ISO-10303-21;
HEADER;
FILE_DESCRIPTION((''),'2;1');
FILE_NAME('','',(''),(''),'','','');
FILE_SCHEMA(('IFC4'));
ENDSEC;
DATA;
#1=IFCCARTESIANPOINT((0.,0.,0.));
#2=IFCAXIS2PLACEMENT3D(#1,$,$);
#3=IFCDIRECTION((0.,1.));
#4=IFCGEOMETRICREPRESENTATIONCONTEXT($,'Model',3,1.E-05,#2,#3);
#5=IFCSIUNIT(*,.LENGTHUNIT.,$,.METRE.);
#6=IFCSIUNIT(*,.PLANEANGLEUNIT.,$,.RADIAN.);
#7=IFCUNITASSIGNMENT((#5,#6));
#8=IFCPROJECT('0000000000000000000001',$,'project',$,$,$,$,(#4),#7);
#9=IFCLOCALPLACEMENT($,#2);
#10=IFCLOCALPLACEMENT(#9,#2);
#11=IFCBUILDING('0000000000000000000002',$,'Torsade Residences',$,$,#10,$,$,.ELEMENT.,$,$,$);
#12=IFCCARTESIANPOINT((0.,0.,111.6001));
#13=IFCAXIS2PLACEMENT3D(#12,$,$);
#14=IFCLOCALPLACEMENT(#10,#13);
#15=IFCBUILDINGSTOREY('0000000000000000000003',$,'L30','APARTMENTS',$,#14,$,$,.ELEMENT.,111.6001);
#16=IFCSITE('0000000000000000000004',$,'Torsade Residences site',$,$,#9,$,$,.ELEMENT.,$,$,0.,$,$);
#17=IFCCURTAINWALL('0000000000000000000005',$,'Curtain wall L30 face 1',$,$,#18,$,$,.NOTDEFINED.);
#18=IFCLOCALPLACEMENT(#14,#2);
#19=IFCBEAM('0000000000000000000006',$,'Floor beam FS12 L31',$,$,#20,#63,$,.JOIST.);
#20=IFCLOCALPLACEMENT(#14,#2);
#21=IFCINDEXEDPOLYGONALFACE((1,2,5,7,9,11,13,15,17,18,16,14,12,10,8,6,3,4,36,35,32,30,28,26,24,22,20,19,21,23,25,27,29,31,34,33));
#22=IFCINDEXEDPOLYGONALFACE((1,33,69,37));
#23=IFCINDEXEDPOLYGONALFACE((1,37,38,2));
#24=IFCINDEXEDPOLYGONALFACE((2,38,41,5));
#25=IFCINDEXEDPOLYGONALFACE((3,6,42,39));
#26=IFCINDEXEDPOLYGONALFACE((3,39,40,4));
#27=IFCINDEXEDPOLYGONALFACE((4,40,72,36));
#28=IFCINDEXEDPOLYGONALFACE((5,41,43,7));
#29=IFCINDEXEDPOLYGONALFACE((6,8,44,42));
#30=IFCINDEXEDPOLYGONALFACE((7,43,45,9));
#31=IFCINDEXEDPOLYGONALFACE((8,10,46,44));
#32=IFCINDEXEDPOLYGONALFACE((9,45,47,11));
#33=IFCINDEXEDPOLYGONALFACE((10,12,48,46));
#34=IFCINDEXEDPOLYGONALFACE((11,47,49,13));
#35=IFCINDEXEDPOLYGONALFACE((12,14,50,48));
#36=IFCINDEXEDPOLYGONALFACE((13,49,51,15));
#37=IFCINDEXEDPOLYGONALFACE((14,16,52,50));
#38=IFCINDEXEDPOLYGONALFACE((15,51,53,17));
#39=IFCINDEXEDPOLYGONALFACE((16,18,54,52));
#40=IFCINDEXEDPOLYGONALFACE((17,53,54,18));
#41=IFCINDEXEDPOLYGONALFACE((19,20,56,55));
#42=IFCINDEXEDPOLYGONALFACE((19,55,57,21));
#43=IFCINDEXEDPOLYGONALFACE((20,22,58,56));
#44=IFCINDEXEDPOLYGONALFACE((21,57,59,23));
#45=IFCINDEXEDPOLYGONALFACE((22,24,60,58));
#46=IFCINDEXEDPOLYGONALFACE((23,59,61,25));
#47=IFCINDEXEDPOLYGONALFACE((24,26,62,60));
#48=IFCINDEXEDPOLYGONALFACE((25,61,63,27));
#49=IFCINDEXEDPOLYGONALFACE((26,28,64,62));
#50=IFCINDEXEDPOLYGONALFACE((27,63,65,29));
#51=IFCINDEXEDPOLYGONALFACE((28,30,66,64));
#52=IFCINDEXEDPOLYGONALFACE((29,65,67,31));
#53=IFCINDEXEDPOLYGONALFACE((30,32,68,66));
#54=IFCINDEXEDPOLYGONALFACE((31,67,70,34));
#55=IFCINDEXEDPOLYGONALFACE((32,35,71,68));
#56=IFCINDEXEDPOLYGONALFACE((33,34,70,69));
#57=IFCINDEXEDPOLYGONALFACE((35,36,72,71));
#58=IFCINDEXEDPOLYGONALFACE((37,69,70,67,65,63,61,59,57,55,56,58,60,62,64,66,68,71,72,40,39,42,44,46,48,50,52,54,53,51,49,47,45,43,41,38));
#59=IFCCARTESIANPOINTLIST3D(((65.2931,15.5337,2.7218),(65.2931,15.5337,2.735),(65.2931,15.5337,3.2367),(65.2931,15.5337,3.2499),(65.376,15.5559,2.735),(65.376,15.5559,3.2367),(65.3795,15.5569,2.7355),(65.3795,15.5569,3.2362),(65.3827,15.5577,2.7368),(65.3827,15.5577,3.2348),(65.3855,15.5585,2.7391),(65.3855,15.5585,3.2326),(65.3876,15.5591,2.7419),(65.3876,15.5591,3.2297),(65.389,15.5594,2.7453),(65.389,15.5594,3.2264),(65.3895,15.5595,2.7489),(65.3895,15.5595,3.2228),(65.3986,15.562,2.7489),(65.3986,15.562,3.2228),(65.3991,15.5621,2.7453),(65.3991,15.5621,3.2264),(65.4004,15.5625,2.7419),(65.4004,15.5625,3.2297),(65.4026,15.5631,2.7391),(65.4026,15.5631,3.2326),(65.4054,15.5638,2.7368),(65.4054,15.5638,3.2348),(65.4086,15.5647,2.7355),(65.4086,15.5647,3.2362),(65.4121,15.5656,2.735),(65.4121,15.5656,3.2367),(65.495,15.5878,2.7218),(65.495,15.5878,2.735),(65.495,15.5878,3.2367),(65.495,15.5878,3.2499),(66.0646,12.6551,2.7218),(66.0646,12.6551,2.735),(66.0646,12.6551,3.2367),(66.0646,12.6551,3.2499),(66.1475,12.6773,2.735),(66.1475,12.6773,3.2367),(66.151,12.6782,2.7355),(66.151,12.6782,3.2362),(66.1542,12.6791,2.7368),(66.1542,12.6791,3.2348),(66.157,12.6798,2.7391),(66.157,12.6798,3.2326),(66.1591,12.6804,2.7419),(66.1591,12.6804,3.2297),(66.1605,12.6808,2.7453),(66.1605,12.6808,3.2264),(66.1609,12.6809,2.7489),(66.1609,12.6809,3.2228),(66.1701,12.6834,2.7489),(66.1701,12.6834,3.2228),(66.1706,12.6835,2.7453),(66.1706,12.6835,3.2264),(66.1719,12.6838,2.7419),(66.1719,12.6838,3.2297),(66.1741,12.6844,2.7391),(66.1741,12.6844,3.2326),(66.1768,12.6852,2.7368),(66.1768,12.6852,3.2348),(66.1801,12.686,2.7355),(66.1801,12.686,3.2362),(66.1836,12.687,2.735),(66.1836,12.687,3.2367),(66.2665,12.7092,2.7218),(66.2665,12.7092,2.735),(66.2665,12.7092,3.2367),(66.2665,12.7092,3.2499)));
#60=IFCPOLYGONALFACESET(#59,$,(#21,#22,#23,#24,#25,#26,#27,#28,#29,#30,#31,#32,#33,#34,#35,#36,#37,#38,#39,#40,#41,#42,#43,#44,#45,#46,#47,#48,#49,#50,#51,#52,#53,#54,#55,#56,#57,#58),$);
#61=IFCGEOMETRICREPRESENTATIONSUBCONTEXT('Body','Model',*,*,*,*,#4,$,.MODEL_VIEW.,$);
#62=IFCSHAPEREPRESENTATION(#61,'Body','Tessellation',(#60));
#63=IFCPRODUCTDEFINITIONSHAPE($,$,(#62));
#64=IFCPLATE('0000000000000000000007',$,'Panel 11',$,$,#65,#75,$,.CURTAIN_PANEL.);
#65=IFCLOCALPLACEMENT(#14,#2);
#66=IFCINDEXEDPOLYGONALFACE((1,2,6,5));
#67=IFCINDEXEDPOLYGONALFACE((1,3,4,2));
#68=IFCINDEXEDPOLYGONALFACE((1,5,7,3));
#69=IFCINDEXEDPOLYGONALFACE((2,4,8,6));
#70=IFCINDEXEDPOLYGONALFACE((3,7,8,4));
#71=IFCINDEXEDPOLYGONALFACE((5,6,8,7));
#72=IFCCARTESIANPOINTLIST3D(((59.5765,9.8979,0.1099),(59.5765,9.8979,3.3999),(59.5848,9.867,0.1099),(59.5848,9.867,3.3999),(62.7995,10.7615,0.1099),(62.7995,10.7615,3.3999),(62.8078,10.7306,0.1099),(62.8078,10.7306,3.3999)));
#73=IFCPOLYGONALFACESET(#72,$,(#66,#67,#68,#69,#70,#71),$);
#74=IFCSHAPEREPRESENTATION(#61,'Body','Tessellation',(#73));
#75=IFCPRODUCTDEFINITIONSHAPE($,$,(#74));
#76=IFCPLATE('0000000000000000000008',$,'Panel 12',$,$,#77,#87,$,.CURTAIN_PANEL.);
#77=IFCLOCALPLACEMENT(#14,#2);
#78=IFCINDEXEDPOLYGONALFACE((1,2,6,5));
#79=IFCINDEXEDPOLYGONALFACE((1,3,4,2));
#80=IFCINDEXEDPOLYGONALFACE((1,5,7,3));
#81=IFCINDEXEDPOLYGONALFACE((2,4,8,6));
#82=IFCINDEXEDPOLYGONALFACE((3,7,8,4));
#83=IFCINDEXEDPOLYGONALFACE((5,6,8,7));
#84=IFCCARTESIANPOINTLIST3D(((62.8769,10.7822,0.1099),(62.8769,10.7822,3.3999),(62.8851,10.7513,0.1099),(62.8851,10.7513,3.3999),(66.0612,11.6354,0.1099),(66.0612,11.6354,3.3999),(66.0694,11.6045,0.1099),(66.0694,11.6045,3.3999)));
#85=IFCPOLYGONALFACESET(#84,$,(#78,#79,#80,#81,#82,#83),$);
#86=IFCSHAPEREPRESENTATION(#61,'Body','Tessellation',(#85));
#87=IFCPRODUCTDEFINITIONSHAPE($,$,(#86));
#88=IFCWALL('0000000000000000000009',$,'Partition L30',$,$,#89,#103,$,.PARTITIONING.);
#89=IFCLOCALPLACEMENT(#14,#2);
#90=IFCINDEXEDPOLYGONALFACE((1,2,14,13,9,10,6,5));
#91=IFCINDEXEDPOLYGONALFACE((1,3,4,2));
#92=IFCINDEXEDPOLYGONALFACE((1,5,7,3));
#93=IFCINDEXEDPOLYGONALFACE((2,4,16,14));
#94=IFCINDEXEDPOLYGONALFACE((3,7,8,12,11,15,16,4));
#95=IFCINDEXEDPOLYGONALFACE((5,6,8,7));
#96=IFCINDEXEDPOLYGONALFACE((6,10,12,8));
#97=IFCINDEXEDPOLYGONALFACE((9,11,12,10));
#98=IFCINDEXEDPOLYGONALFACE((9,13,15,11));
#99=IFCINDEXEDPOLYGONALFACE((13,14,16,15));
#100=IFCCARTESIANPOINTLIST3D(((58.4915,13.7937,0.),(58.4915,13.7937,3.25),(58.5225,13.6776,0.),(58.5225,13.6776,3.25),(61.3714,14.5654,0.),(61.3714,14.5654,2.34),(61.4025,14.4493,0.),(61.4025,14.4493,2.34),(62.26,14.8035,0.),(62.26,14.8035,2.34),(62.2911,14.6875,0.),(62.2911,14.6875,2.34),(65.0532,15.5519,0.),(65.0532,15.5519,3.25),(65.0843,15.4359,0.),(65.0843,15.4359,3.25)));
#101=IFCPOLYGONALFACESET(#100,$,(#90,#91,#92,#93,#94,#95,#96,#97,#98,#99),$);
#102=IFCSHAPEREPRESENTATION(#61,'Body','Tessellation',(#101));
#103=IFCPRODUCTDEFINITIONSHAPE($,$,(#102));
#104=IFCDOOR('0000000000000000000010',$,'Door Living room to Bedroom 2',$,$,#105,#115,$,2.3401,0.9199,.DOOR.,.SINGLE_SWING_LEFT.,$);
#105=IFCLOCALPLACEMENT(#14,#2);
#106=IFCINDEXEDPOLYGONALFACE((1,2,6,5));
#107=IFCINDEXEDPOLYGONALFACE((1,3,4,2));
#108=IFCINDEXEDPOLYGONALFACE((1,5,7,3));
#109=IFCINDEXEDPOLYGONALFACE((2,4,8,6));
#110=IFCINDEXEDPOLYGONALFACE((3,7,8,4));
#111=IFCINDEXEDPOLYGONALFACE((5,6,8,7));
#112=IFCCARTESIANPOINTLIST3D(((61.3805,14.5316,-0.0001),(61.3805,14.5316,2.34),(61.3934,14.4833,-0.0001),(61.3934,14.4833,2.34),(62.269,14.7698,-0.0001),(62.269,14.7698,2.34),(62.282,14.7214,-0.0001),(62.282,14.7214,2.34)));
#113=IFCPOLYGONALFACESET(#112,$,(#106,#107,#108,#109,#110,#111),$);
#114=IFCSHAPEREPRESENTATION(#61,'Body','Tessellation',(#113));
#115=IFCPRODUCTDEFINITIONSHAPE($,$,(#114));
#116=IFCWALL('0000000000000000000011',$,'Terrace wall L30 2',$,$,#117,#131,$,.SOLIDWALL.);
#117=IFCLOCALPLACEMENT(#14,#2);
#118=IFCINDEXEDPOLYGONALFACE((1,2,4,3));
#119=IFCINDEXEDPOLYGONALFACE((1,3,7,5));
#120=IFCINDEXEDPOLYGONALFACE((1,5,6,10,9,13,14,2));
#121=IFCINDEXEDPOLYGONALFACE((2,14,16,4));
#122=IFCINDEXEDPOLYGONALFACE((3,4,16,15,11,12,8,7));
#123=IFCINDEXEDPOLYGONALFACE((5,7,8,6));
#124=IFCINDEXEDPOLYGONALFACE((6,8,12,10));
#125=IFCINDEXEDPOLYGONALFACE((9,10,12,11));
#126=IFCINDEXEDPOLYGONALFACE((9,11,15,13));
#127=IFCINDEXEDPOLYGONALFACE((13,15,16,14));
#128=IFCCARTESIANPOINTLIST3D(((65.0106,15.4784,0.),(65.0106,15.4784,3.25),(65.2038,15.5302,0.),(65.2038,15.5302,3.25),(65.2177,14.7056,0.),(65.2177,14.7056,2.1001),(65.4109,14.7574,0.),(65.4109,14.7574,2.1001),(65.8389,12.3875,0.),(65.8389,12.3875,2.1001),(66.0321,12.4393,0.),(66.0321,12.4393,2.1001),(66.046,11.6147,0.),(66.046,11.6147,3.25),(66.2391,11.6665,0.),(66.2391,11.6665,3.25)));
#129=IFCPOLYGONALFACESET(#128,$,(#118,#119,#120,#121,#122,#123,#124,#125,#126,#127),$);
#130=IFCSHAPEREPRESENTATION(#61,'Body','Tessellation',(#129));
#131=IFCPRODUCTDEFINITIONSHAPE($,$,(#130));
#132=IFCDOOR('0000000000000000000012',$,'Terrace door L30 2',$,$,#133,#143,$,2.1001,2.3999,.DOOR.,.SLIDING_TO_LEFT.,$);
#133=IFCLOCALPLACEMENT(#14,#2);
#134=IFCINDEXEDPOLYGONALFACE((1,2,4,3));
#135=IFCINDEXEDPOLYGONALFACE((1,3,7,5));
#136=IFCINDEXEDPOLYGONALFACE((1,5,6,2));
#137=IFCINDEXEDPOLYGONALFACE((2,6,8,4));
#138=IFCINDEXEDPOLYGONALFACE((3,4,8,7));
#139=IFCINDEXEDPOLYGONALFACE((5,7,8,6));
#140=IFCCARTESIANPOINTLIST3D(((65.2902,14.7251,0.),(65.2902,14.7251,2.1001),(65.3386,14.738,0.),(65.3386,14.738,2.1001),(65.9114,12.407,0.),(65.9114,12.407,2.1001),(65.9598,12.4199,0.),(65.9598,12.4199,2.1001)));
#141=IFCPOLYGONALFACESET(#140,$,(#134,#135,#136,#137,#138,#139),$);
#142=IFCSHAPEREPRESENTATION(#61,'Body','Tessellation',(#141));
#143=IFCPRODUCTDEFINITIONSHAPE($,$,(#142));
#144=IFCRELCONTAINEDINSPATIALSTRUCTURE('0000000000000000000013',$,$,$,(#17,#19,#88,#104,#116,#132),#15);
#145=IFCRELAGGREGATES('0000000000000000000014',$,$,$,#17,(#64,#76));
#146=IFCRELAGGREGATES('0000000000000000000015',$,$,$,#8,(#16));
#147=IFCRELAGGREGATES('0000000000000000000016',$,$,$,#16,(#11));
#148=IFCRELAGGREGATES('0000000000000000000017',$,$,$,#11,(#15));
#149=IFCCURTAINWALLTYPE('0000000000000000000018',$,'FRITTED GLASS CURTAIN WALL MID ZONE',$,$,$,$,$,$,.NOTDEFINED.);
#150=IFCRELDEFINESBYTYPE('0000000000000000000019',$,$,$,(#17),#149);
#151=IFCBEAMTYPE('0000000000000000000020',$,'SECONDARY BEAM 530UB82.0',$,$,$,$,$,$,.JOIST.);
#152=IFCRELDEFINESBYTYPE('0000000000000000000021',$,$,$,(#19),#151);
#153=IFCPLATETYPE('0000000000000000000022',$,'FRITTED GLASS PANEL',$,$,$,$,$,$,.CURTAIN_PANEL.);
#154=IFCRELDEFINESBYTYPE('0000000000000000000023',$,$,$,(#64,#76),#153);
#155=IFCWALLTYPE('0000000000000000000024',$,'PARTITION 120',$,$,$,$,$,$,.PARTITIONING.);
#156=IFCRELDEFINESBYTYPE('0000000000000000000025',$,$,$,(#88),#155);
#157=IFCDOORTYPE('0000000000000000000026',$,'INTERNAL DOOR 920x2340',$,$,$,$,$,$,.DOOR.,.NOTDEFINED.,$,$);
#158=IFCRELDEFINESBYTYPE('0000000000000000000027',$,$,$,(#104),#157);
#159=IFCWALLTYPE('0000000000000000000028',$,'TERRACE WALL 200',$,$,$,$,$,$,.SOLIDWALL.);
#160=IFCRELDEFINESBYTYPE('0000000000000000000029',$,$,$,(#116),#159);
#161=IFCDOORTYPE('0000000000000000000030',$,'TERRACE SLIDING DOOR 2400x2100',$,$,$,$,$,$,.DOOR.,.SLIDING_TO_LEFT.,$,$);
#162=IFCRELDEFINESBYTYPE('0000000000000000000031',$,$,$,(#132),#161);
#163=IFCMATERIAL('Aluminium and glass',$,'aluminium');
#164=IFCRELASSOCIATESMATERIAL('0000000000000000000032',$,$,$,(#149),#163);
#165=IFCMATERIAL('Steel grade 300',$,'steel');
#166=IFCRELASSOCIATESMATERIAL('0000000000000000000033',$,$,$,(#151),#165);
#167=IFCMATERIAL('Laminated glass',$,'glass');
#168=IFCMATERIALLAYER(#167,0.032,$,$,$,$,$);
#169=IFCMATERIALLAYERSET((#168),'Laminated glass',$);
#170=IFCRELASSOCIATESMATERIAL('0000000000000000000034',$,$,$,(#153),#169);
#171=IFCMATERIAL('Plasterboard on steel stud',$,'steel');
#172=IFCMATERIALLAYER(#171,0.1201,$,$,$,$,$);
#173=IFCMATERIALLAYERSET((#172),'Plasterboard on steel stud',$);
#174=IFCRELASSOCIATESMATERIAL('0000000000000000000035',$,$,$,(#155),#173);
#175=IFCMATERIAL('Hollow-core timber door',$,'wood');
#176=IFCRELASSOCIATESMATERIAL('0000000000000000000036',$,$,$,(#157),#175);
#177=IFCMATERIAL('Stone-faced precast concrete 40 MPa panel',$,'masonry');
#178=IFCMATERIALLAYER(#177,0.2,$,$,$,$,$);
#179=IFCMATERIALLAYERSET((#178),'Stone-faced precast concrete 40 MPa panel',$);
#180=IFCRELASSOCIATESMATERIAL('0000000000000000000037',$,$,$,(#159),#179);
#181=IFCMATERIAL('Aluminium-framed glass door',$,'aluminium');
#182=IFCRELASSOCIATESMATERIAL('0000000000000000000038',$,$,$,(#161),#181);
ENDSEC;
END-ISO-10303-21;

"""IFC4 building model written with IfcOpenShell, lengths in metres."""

from ifc_helpers import new_model, si_unit, direction, frame, frame_2d, origin, origin_2d, place, context, subcontext, project, spatial, rectangle, i_section, extrude, material, layer, layer_set, material_profile, profile_set, type_object, element, fill, aggregate, save


model = new_model("IFC4")

# Units and contexts
model_context = context("Model", 3, precision=1e-05, world=origin(), true_north=direction((0.0, 1.0)))
body_context = subcontext(model_context, "Body", "Model", "MODEL_VIEW")
ifc_project = project(units=[si_unit("LENGTHUNIT", "METRE"), si_unit("PLANEANGLEUNIT", "RADIAN")], contexts=[model_context])

# Site, building, storey
site_placement = place(None, origin())
site = spatial("IfcSite", under=ifc_project, at=site_placement, Name="Torsade Residences site", CompositionType="ELEMENT", RefElevation=0.0)
building_placement = place(site_placement, origin())
building = spatial("IfcBuilding", under=site, at=building_placement, Name="Torsade Residences", CompositionType="ELEMENT")
storey_placement = place(building_placement, frame((0.0, 0.0, 111.6001)))
storey = spatial("IfcBuildingStorey", under=building, at=storey_placement, Name="L30", Description="APARTMENTS", CompositionType="ELEMENT", Elevation=111.6001)

# Curtain wall
ifc_material_1 = material(Name="Aluminium and glass", Category="aluminium")
curtain_wall_type = type_object("IfcCurtainWallType", Name="FRITTED GLASS CURTAIN WALL MID ZONE", PredefinedType="NOTDEFINED", material=ifc_material_1)
curtain_wall_placement = place(storey_placement, origin())
curtain_wall = element("IfcCurtainWall", 1, at=curtain_wall_placement, inside=storey, type_object=curtain_wall_type, Name="Curtain wall L30 face 1", PredefinedType="NOTDEFINED")

# Beam
ifc_material_2 = material(Name="Steel grade 300", Category="steel")
ifc_material_profile_1 = material_profile(ifc_material_2, i_section(OverallWidth=0.209, OverallDepth=0.5281, WebThickness=0.0095, FlangeThickness=0.0132, FilletRadius=0.0139, at=origin_2d()), Name="530UB82.0")
ifc_profile_set_1 = profile_set([ifc_material_profile_1], Name="Steel grade 300")
beam_type_1 = type_object("IfcBeamType", Name="SECONDARY BEAM 530UB82.0", PredefinedType="JOIST", material=ifc_profile_set_1)
beam_1_placement = place(storey_placement, frame((66.1655, 12.6821, 2.9858), z_axis=(-0.258866, 0.965913, 0.0), x_axis=(-0.965913, -0.258866, 0.0)))
element("IfcBeam", 2, at=beam_1_placement, inside=storey, type_object=beam_type_1, Name="Floor beam FS12 L31", PredefinedType="JOIST", context=body_context, shape_type="SweptSolid", body=[
    extrude(i_section(OverallWidth=0.209, OverallDepth=0.5281, WebThickness=0.0095, FlangeThickness=0.0132, FilletRadius=0.0139, at=origin_2d()), origin(), (0.0, 0.0, 1.0), 2.9802),
])

# Plates
ifc_material_3 = material(Name="Laminated glass", Category="glass")
ifc_layer_1 = layer(ifc_material_3, 0.032)
ifc_layer_set_1 = layer_set([ifc_layer_1], Name="Laminated glass")
plate_type = type_object("IfcPlateType", Name="FRITTED GLASS PANEL", PredefinedType="CURTAIN_PANEL", material=ifc_layer_set_1)
plate_1_placement = place(storey_placement, frame((61.1921, 10.3142, 0.1099), z_axis=(0.0, 0.0, 1.0), x_axis=(0.965926, 0.258819, 0.0)))
plate_1 = element("IfcPlate", 3, at=plate_1_placement, type_object=plate_type, Name="Panel 11", PredefinedType="CURTAIN_PANEL", context=body_context, shape_type="SweptSolid", body=[
    extrude(rectangle(XDim=3.3367, YDim=0.032, at=origin_2d()), origin(), (0.0, 0.0, 1.0), 3.29),
])
plate_2_placement = place(storey_placement, frame((64.4731, 11.1934, 0.1099), z_axis=(0.0, 0.0, 1.0), x_axis=(0.965926, 0.258819, 0.0)))
plate_2 = element("IfcPlate", 4, at=plate_2_placement, type_object=plate_type, Name="Panel 12", PredefinedType="CURTAIN_PANEL", context=body_context, shape_type="SweptSolid", body=[
    extrude(rectangle(XDim=3.2966, YDim=0.032, at=origin_2d()), origin(), (0.0, 0.0, 1.0), 3.29),
])
aggregate(curtain_wall, [plate_1, plate_2])

# Walls, openings, doors
ifc_material_4 = material(Name="Plasterboard on steel stud", Category="steel")
ifc_layer_2 = layer(ifc_material_4, 0.1201)
ifc_layer_set_2 = layer_set([ifc_layer_2], Name="Plasterboard on steel stud")
wall_type_1 = type_object("IfcWallType", Name="PARTITION 120", PredefinedType="PARTITIONING", material=ifc_layer_set_2)
wall_1_placement = place(storey_placement, frame((65.0686, 15.4939, 0.0), z_axis=(0.0, 0.0, 1.0), x_axis=(-0.965923, -0.25883, 0.0)))
wall_1 = element("IfcWall", 5, at=wall_1_placement, inside=storey, type_object=wall_type_1, Name="Partition L30", PredefinedType="PARTITIONING", context=body_context, shape_type="SweptSolid", body=[
    extrude(rectangle(XDim=6.7932, YDim=0.1201, at=frame_2d((3.3965, 0.0))), origin(), (0.0, 0.0, 1.0), 3.25),
])
opening_1_placement = place(wall_1_placement, frame((2.8916, 0.0, 0.0)))
opening_1 = element("IfcOpeningElement", 6, at=opening_1_placement, cuts=wall_1, PredefinedType="OPENING", context=body_context, shape_type="SweptSolid", body=[
    extrude(rectangle(XDim=0.9199, YDim=2.3401, at=frame_2d((0.46, 1.1699))), frame((0.0, 0.0701, 0.0), z_axis=(0.0, -1.0, 0.0), x_axis=(1.0, 0.0, 0.0)), (0.0, 0.0, 1.0), 0.1401),
])
ifc_material_5 = material(Name="Hollow-core timber door", Category="wood")
door_type_1 = type_object("IfcDoorType", Name="INTERNAL DOOR 920x2340", OperationType="NOTDEFINED", PredefinedType="DOOR", material=ifc_material_5)
door_1_placement = place(opening_1_placement, origin())
door_1 = element("IfcDoor", 7, at=door_1_placement, inside=storey, type_object=door_type_1, Name="Door Living room to Bedroom 2", OperationType="SINGLE_SWING_LEFT", OverallHeight=2.3401, OverallWidth=0.9199, PredefinedType="DOOR", context=body_context, shape_type="SweptSolid", body=[
    extrude(rectangle(XDim=0.9199, YDim=2.3401, at=frame_2d((0.46, 1.1699))), frame((0.0, 0.0249, 0.0), z_axis=(0.0, -1.0, 0.0), x_axis=(1.0, 0.0, 0.0)), (0.0, 0.0, 1.0), 0.05),
])
fill(opening_1, door_1)
ifc_material_6 = material(Name="Stone-faced precast concrete 40 MPa panel", Category="masonry")
ifc_layer_3 = layer(ifc_material_6, 0.2)
ifc_layer_set_3 = layer_set([ifc_layer_3], Name="Stone-faced precast concrete 40 MPa panel")
wall_type_2 = type_object("IfcWallType", Name="TERRACE WALL 200", PredefinedType="SOLIDWALL", material=ifc_layer_set_3)
wall_2_placement = place(storey_placement, frame((66.1426, 11.6406, 0.0), z_axis=(0.0, 0.0, 1.0), x_axis=(-0.258844, 0.965919, 0.0)))
wall_2 = element("IfcWall", 8, at=wall_2_placement, inside=storey, type_object=wall_type_2, Name="Terrace wall L30 2", PredefinedType="SOLIDWALL", context=body_context, shape_type="SweptSolid", body=[
    extrude(rectangle(XDim=4.0, YDim=0.2, at=frame_2d((2.0, 0.0))), origin(), (0.0, 0.0, 1.0), 3.25),
])
opening_2_placement = place(wall_2_placement, frame((0.8, 0.0, 0.0)))
opening_2 = element("IfcOpeningElement", 9, at=opening_2_placement, cuts=wall_2, PredefinedType="OPENING", context=body_context, shape_type="SweptSolid", body=[
    extrude(rectangle(XDim=2.3999, YDim=2.1001, at=frame_2d((1.2, 1.05))), frame((0.0, 0.1099, 0.0), z_axis=(0.0, -1.0, 0.0), x_axis=(1.0, 0.0, 0.0)), (0.0, 0.0, 1.0), 0.22),
])
ifc_material_7 = material(Name="Aluminium-framed glass door", Category="aluminium")
door_type_2 = type_object("IfcDoorType", Name="TERRACE SLIDING DOOR 2400x2100", OperationType="SLIDING_TO_LEFT", PredefinedType="DOOR", material=ifc_material_7)
door_2_placement = place(opening_2_placement, origin())
door_2 = element("IfcDoor", 10, at=door_2_placement, inside=storey, type_object=door_type_2, Name="Terrace door L30 2", OperationType="SLIDING_TO_LEFT", OverallHeight=2.1001, OverallWidth=2.3999, PredefinedType="DOOR", context=body_context, shape_type="SweptSolid", body=[
    extrude(rectangle(XDim=2.3999, YDim=2.1001, at=frame_2d((1.2, 1.05))), frame((0.0, 0.0249, 0.0), z_axis=(0.0, -1.0, 0.0), x_axis=(1.0, 0.0, 0.0)), (0.0, 0.0, 1.0), 0.05),
])
fill(opening_2, door_2)

save(model, "model.ifc")
